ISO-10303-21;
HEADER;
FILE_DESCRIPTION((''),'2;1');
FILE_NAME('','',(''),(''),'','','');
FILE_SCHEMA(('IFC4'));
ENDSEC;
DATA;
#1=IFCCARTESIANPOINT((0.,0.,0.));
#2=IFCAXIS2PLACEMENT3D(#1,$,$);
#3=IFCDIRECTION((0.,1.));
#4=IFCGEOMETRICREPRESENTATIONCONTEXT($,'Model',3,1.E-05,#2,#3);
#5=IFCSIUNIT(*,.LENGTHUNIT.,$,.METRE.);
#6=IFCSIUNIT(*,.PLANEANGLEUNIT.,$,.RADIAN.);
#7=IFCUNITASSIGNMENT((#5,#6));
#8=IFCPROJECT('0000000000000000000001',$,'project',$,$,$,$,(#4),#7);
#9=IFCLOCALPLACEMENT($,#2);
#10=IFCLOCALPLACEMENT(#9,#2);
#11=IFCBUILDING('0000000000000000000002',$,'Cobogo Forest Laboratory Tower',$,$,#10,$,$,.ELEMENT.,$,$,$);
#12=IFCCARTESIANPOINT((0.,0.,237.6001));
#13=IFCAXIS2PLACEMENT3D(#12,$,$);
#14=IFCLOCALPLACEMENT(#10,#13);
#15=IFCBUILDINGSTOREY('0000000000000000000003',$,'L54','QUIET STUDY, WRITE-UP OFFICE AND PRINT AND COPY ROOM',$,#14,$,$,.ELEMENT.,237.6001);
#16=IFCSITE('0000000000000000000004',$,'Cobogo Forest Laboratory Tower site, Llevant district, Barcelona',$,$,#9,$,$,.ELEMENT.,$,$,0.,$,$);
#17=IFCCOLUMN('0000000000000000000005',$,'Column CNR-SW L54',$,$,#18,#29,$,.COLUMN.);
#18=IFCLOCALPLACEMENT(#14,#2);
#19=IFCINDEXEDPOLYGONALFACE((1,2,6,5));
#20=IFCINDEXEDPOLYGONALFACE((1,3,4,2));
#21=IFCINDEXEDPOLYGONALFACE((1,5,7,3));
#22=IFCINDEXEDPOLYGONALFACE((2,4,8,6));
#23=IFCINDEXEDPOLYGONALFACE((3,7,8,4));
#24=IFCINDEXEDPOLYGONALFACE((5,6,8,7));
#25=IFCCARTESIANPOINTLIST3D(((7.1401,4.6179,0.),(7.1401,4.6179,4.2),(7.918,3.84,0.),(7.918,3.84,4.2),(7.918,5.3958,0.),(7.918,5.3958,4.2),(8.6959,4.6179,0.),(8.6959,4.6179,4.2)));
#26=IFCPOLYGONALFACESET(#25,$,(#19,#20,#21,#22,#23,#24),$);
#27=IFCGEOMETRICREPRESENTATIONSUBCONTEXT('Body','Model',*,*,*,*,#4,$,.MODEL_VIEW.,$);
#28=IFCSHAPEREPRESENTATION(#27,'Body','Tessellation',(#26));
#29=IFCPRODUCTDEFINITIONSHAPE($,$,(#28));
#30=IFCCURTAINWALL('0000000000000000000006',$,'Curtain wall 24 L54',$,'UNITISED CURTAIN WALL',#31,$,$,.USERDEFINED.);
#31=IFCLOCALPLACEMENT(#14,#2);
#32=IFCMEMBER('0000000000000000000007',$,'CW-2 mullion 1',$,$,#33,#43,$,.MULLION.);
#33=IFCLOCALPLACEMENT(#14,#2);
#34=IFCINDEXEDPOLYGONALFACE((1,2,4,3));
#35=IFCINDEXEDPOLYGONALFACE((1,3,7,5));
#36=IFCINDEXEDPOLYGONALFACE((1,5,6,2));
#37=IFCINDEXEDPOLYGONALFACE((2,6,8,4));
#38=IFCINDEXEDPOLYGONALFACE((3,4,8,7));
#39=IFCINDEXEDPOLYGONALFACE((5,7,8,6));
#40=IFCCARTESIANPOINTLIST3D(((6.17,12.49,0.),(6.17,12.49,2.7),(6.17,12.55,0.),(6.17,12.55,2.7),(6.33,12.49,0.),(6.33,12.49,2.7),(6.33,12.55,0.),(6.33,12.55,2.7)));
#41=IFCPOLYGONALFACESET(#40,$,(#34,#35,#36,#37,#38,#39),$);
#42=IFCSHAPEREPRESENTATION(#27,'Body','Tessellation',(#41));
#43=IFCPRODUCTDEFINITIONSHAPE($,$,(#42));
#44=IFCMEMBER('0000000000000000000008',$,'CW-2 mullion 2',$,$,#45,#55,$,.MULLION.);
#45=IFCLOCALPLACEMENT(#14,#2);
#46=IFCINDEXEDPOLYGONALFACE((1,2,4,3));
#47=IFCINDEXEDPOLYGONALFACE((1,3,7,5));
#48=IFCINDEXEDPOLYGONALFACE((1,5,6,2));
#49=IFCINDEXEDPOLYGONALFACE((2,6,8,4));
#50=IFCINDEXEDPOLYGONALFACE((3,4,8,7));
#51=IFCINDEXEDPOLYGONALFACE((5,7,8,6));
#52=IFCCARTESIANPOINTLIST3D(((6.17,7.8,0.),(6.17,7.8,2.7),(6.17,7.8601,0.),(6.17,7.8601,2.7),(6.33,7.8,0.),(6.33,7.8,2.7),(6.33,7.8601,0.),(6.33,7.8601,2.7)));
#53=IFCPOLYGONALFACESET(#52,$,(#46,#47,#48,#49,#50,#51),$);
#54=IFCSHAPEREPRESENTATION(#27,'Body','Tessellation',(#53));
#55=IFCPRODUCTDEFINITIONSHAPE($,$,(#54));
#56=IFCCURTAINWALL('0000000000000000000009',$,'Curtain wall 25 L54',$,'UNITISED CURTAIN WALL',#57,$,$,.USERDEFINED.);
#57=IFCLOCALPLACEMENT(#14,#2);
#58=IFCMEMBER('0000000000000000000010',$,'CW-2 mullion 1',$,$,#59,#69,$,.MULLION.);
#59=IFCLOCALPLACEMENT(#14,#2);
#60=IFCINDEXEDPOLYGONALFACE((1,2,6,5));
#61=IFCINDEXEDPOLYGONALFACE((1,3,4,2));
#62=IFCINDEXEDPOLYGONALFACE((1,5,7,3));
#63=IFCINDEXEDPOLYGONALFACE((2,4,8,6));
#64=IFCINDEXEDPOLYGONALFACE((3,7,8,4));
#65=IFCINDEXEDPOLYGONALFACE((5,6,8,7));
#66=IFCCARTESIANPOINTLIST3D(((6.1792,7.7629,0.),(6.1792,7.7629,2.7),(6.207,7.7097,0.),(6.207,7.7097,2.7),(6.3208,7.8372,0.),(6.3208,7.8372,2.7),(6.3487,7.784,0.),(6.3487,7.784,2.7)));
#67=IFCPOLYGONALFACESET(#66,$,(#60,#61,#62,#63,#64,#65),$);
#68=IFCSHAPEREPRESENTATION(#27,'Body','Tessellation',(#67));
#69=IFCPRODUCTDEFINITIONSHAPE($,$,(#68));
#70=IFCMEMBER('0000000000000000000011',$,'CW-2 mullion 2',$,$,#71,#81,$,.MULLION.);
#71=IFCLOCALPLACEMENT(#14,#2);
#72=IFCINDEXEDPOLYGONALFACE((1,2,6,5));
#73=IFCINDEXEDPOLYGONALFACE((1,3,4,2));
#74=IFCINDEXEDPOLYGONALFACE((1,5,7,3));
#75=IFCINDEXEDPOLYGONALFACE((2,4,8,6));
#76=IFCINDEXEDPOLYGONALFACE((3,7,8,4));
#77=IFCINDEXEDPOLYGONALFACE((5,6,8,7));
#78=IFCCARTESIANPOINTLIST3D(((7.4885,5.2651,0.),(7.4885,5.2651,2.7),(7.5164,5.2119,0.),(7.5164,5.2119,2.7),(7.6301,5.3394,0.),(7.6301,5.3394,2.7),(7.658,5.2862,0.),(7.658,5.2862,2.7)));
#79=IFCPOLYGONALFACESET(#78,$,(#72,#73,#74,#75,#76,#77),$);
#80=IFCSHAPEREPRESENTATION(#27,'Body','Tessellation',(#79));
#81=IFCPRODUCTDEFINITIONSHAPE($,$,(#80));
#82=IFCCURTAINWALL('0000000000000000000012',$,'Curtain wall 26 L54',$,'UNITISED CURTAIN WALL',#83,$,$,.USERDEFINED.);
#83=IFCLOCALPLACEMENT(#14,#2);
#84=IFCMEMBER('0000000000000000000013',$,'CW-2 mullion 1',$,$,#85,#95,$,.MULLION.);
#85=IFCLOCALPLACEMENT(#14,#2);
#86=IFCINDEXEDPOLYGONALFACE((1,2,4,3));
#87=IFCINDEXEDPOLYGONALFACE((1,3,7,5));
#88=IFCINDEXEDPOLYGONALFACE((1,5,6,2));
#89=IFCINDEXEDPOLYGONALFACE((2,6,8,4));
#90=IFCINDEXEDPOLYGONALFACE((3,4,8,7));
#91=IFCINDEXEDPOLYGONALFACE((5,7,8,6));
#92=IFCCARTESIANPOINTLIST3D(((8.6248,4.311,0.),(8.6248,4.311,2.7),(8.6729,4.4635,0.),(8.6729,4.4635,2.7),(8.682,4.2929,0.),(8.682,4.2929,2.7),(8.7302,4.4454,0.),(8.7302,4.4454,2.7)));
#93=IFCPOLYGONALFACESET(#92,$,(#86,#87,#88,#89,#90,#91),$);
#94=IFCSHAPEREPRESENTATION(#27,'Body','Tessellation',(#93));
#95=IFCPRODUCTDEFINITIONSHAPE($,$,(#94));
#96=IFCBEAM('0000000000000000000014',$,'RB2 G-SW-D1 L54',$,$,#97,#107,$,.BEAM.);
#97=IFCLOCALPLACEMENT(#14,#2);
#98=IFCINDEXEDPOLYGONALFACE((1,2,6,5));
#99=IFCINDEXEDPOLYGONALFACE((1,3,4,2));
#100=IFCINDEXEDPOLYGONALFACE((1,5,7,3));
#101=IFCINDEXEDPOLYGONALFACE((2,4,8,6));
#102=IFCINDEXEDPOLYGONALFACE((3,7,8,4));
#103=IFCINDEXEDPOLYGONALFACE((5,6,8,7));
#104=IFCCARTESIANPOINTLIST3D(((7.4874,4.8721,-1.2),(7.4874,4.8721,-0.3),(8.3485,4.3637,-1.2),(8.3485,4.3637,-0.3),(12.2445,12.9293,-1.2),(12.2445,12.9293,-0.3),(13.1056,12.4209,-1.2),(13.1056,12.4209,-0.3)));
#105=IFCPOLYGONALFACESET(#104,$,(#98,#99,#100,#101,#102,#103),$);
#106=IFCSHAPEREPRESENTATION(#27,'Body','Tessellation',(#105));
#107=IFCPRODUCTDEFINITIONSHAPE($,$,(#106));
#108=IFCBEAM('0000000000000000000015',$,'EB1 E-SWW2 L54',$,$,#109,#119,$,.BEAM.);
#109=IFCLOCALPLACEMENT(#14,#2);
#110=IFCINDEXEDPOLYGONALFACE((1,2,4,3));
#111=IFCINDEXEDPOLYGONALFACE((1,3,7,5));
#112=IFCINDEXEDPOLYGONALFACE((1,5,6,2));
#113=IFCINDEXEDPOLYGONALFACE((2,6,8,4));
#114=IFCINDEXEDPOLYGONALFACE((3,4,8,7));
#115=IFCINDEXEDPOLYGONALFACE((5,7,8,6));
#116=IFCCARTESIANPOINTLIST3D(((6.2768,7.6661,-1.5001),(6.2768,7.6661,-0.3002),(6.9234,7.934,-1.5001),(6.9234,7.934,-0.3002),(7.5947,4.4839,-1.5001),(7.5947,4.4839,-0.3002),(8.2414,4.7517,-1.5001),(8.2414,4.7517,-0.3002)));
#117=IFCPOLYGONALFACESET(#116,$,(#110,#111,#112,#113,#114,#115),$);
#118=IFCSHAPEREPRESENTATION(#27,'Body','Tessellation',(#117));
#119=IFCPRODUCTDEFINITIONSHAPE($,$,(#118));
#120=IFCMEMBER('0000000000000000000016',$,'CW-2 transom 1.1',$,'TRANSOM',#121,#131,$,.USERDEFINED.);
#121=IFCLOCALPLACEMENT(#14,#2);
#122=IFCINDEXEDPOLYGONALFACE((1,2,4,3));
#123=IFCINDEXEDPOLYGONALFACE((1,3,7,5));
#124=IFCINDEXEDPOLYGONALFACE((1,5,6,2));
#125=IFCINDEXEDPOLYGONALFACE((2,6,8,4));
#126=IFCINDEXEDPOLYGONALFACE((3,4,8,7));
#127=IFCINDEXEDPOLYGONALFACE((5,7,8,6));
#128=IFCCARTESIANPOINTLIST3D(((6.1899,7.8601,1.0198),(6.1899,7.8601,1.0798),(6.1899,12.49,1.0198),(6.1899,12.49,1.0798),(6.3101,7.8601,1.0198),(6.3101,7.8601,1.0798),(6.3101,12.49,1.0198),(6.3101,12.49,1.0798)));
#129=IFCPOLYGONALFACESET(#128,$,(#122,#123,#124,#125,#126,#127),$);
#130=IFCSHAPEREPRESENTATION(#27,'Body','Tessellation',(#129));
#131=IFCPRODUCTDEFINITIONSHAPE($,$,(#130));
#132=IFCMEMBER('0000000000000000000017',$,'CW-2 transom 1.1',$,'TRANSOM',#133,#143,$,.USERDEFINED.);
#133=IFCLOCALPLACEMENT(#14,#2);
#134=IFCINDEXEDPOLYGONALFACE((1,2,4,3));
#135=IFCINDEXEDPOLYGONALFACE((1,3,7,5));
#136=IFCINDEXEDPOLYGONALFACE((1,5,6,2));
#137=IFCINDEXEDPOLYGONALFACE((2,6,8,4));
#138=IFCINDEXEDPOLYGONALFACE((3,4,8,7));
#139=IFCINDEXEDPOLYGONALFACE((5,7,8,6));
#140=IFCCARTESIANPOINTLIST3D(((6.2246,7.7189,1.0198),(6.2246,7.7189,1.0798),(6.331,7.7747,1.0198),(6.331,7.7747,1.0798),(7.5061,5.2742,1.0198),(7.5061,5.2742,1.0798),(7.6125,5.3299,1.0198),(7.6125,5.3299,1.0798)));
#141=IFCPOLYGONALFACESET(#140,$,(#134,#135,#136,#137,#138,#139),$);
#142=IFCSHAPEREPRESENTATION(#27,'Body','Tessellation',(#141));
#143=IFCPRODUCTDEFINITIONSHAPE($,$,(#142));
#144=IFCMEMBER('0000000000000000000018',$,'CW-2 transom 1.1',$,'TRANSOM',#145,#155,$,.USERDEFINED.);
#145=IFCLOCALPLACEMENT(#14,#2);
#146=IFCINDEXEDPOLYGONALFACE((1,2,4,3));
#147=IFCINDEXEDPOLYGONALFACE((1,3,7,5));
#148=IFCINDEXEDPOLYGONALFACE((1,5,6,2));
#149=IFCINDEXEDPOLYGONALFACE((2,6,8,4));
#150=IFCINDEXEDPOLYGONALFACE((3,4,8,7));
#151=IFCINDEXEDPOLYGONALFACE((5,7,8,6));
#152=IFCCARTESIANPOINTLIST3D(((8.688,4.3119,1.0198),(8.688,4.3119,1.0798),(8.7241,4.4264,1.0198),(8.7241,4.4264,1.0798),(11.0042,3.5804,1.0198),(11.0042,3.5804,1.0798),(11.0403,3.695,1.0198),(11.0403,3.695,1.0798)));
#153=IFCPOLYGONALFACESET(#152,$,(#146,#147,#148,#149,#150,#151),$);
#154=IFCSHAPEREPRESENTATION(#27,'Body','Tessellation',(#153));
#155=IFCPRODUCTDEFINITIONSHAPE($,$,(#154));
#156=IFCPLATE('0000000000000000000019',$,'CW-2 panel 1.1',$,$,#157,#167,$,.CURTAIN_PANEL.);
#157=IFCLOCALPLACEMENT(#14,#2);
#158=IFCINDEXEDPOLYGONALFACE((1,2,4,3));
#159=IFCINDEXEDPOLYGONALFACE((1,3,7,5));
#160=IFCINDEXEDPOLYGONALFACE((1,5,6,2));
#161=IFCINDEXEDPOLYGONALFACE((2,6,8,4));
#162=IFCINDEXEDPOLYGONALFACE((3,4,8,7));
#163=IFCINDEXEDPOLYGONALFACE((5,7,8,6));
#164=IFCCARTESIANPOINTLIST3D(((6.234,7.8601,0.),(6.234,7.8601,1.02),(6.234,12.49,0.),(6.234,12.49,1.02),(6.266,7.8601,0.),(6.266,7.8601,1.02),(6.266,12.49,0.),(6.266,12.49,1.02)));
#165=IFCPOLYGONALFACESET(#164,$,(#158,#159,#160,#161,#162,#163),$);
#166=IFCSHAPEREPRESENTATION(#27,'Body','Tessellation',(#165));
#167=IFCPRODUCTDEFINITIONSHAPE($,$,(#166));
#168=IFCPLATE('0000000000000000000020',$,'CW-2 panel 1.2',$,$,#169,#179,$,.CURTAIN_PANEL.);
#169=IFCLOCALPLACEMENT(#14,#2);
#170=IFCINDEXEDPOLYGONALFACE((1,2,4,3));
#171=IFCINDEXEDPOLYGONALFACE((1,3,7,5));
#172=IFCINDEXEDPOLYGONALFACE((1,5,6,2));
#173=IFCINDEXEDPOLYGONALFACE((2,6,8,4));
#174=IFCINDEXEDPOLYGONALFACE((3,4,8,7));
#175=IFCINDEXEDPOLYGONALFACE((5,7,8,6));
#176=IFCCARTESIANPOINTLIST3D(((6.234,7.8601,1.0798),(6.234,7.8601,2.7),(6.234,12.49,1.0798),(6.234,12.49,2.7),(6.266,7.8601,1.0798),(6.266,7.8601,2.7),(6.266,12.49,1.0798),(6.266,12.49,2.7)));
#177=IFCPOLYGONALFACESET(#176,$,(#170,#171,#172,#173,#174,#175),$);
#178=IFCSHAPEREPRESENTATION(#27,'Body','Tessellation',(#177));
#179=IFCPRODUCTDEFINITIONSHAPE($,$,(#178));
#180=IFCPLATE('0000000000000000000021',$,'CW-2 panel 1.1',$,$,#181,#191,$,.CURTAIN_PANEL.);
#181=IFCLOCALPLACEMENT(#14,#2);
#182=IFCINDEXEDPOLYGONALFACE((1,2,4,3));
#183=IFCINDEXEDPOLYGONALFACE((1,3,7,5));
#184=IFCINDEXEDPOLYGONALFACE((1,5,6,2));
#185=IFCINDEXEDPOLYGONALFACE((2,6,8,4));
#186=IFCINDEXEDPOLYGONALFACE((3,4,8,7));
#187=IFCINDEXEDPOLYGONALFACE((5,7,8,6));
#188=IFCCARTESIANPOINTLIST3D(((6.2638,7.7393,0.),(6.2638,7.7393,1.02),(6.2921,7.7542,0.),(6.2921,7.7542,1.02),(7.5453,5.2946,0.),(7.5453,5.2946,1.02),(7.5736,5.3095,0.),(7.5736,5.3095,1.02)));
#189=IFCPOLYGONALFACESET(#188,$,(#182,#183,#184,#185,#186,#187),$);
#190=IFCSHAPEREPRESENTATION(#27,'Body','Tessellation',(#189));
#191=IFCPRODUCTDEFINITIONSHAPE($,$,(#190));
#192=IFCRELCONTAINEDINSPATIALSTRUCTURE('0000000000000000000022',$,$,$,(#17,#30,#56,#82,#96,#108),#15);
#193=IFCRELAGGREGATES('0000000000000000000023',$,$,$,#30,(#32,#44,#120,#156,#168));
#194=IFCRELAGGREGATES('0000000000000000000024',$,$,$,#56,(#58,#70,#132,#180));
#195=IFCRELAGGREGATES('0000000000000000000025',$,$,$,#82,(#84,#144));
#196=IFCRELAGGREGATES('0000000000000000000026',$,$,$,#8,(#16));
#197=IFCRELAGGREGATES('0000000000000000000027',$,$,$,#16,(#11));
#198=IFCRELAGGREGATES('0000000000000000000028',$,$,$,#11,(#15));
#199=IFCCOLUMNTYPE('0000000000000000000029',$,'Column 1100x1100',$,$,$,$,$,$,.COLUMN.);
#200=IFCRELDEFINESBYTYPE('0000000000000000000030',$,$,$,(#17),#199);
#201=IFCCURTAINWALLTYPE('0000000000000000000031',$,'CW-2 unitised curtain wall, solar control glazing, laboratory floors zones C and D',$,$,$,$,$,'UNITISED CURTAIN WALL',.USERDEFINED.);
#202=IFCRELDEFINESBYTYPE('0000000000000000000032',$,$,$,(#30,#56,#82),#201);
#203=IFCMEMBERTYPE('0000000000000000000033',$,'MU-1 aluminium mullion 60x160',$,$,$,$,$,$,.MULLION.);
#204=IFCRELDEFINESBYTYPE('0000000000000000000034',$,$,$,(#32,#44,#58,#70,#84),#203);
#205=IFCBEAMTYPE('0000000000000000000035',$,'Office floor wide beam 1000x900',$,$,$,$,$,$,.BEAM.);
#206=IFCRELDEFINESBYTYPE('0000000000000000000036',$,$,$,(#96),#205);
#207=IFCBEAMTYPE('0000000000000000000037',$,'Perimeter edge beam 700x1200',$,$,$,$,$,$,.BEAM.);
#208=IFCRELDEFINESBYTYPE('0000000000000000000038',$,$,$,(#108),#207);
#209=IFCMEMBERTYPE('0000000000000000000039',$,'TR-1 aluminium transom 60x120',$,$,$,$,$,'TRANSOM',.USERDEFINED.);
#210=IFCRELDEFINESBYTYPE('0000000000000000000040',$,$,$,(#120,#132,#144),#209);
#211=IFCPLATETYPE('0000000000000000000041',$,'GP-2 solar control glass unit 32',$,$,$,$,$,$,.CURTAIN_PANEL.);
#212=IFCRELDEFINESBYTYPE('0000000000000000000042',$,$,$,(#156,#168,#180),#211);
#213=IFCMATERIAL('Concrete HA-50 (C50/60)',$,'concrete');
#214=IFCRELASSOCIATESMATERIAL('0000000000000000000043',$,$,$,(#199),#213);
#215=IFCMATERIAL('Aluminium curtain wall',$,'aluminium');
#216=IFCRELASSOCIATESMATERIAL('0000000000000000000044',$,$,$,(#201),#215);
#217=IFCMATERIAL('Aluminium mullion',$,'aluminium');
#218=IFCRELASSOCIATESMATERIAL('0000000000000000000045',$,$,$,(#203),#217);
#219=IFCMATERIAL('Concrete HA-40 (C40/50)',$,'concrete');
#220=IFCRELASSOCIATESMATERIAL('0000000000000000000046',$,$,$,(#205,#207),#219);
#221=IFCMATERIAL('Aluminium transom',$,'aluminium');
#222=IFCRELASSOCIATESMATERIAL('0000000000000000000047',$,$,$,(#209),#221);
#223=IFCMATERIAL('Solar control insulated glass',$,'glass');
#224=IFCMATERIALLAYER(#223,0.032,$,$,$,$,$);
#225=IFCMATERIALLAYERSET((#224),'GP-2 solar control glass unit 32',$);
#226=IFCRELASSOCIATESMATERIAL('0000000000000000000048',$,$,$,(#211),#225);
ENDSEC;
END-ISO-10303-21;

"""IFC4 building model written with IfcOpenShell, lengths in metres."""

from ifc_helpers import new_model, si_unit, direction, frame, origin, origin_2d, place, context, subcontext, project, spatial, rectangle, extrude, material, layer, layer_set, material_profile, profile_set, type_object, element, aggregate, save


model = new_model("IFC4")

# Units and contexts
model_context = context("Model", 3, precision=1e-05, world=origin(), true_north=direction((0.0, 1.0)))
body_context = subcontext(model_context, "Body", "Model", "MODEL_VIEW")
ifc_project = project(units=[si_unit("LENGTHUNIT", "METRE"), si_unit("PLANEANGLEUNIT", "RADIAN")], contexts=[model_context])

# Site, building, storey
site_placement = place(None, origin())
site = spatial("IfcSite", under=ifc_project, at=site_placement, Name="Cobogo Forest Laboratory Tower site, Llevant district, Barcelona", CompositionType="ELEMENT", RefElevation=0.0)
building_placement = place(site_placement, origin())
building = spatial("IfcBuilding", under=site, at=building_placement, Name="Cobogo Forest Laboratory Tower", CompositionType="ELEMENT")
storey_placement = place(building_placement, frame((0.0, 0.0, 237.6001)))
storey = spatial("IfcBuildingStorey", under=building, at=storey_placement, Name="L54", Description="QUIET STUDY, WRITE-UP OFFICE AND PRINT AND COPY ROOM", CompositionType="ELEMENT", Elevation=237.6001)

# Column
ifc_material_1 = material(Name="Concrete HA-50 (C50/60)", Category="concrete")
ifc_material_profile_1 = material_profile(ifc_material_1, rectangle(XDim=1.1001, YDim=1.1001, at=origin_2d()), Name="RC 1100x1100")
ifc_profile_set_1 = profile_set([ifc_material_profile_1], Name="Concrete HA-50 (C50/60)")
column_type = type_object("IfcColumnType", Name="Column 1100x1100", PredefinedType="COLUMN", material=ifc_profile_set_1)
column_placement = place(storey_placement, frame((7.918, 4.6179, 0.0), z_axis=(0.0, 0.0, 1.0), x_axis=(0.707107, 0.707107, 0.0)))
element("IfcColumn", 1, at=column_placement, inside=storey, type_object=column_type, Name="Column CNR-SW L54", PredefinedType="COLUMN", context=body_context, shape_type="SweptSolid", body=[
    extrude(rectangle(XDim=1.1001, YDim=1.1001, at=origin_2d()), origin(), (0.0, 0.0, 1.0), 4.2),
])

# Curtain walls, members
ifc_material_2 = material(Name="Aluminium curtain wall", Category="aluminium")
curtain_wall_type = type_object("IfcCurtainWallType", Name="CW-2 unitised curtain wall, solar control glazing, laboratory floors zones C and D", ElementType="UNITISED CURTAIN WALL", PredefinedType="USERDEFINED", material=ifc_material_2)
curtain_wall_1_placement = place(storey_placement, origin())
curtain_wall_1 = element("IfcCurtainWall", 2, at=curtain_wall_1_placement, inside=storey, type_object=curtain_wall_type, Name="Curtain wall 24 L54", ObjectType="UNITISED CURTAIN WALL", PredefinedType="USERDEFINED")
ifc_material_3 = material(Name="Aluminium mullion", Category="aluminium")
ifc_material_profile_2 = material_profile(ifc_material_3, rectangle(XDim=0.0601, YDim=0.1599, at=origin_2d()), Name="AL 60x160")
ifc_profile_set_2 = profile_set([ifc_material_profile_2], Name="Aluminium mullion")
member_type_1 = type_object("IfcMemberType", Name="MU-1 aluminium mullion 60x160", PredefinedType="MULLION", material=ifc_profile_set_2)
member_1_placement = place(storey_placement, frame((6.25, 12.52, 0.0), z_axis=(0.0, 0.0, 1.0), x_axis=(0.0, -1.0, 0.0)))
member_1 = element("IfcMember", 3, at=member_1_placement, type_object=member_type_1, Name="CW-2 mullion 1", PredefinedType="MULLION", context=body_context, shape_type="SweptSolid", body=[
    extrude(rectangle(XDim=0.0601, YDim=0.1599, at=origin_2d()), origin(), (0.0, 0.0, 1.0), 2.7),
])
member_2_placement = place(storey_placement, frame((6.25, 7.8301, 0.0), z_axis=(0.0, 0.0, 1.0), x_axis=(0.0, -1.0, 0.0)))
member_2 = element("IfcMember", 4, at=member_2_placement, type_object=member_type_1, Name="CW-2 mullion 2", PredefinedType="MULLION", context=body_context, shape_type="SweptSolid", body=[
    extrude(rectangle(XDim=0.0601, YDim=0.1599, at=origin_2d()), origin(), (0.0, 0.0, 1.0), 2.7),
])
curtain_wall_2_placement = place(storey_placement, origin())
curtain_wall_2 = element("IfcCurtainWall", 5, at=curtain_wall_2_placement, inside=storey, type_object=curtain_wall_type, Name="Curtain wall 25 L54", ObjectType="UNITISED CURTAIN WALL", PredefinedType="USERDEFINED")
member_3_placement = place(storey_placement, frame((6.2639, 7.7734, 0.0), z_axis=(0.0, 0.0, 1.0), x_axis=(0.464284, -0.885686, 0.0)))
member_3 = element("IfcMember", 6, at=member_3_placement, type_object=member_type_1, Name="CW-2 mullion 1", PredefinedType="MULLION", context=body_context, shape_type="SweptSolid", body=[
    extrude(rectangle(XDim=0.0601, YDim=0.1599, at=origin_2d()), origin(), (0.0, 0.0, 1.0), 2.7),
])
member_4_placement = place(storey_placement, frame((7.5732, 5.2756, 0.0), z_axis=(0.0, 0.0, 1.0), x_axis=(0.464284, -0.885686, 0.0)))
member_4 = element("IfcMember", 7, at=member_4_placement, type_object=member_type_1, Name="CW-2 mullion 2", PredefinedType="MULLION", context=body_context, shape_type="SweptSolid", body=[
    extrude(rectangle(XDim=0.0601, YDim=0.1599, at=origin_2d()), origin(), (0.0, 0.0, 1.0), 2.7),
])

# Curtain wall, member
curtain_wall_3_placement = place(storey_placement, origin())
curtain_wall_3 = element("IfcCurtainWall", 8, at=curtain_wall_3_placement, inside=storey, type_object=curtain_wall_type, Name="Curtain wall 26 L54", ObjectType="UNITISED CURTAIN WALL", PredefinedType="USERDEFINED")
member_5_placement = place(storey_placement, frame((8.6775, 4.3782, 0.0), z_axis=(0.0, 0.0, 1.0), x_axis=(0.953581, -0.301136, 0.0)))
member_5 = element("IfcMember", 9, at=member_5_placement, type_object=member_type_1, Name="CW-2 mullion 1", PredefinedType="MULLION", context=body_context, shape_type="SweptSolid", body=[
    extrude(rectangle(XDim=0.0601, YDim=0.1599, at=origin_2d()), origin(), (0.0, 0.0, 1.0), 2.7),
])

# Beams
ifc_material_4 = material(Name="Concrete HA-40 (C40/50)", Category="concrete")
ifc_material_profile_3 = material_profile(ifc_material_4, rectangle(XDim=1.0, YDim=0.8999, at=origin_2d()), Name="RC 1000x900")
ifc_profile_set_3 = profile_set([ifc_material_profile_3], Name="Concrete HA-40 (C40/50)")
beam_type_1 = type_object("IfcBeamType", Name="Office floor wide beam 1000x900", PredefinedType="BEAM", material=ifc_profile_set_3)
beam_1_placement = place(storey_placement, frame((7.918, 4.6179, -0.75), z_axis=(0.508416, 0.861111, 0.0), x_axis=(-0.861111, 0.508416, 0.0)))
element("IfcBeam", 10, at=beam_1_placement, inside=storey, type_object=beam_type_1, Name="RB2 G-SW-D1 L54", PredefinedType="BEAM", context=body_context, shape_type="SweptSolid", body=[
    extrude(rectangle(XDim=1.0, YDim=0.8999, at=origin_2d()), origin(), (0.0, 0.0, 1.0), 9.3567),
])
ifc_material_profile_4 = material_profile(ifc_material_4, rectangle(XDim=0.7, YDim=1.2, at=origin_2d()), Name="RC 700x1200")
ifc_profile_set_4 = profile_set([ifc_material_profile_4], Name="Concrete HA-40 (C40/50)")
beam_type_2 = type_object("IfcBeamType", Name="Perimeter edge beam 700x1200", PredefinedType="BEAM", material=ifc_profile_set_4)
beam_2_placement = place(storey_placement, frame((6.6001, 7.8, -0.9001), z_axis=(0.382631, -0.923901, 0.0), x_axis=(0.923901, 0.382631, 0.0)))
element("IfcBeam", 11, at=beam_2_placement, inside=storey, type_object=beam_type_2, Name="EB1 E-SWW2 L54", PredefinedType="BEAM", context=body_context, shape_type="SweptSolid", body=[
    extrude(rectangle(XDim=0.7, YDim=1.2, at=origin_2d()), origin(), (0.0, 0.0, 1.0), 3.4443),
])

# Members
ifc_material_5 = material(Name="Aluminium transom", Category="aluminium")
ifc_material_profile_5 = material_profile(ifc_material_5, rectangle(XDim=0.1201, YDim=0.0601, at=origin_2d()), Name="AL 60x120")
ifc_profile_set_5 = profile_set([ifc_material_profile_5], Name="Aluminium transom")
member_type_2 = type_object("IfcMemberType", Name="TR-1 aluminium transom 60x120", ElementType="TRANSOM", PredefinedType="USERDEFINED", material=ifc_profile_set_5)
member_6_placement = place(storey_placement, frame((6.25, 12.49, 1.0498), z_axis=(0.0, -1.0, 0.0), x_axis=(1.0, 0.0, 0.0)))
member_6 = element("IfcMember", 12, at=member_6_placement, type_object=member_type_2, Name="CW-2 transom 1.1", ObjectType="TRANSOM", PredefinedType="USERDEFINED", context=body_context, shape_type="SweptSolid", body=[
    extrude(rectangle(XDim=0.1201, YDim=0.0601, at=origin_2d()), origin(), (0.0, 0.0, 1.0), 4.6299),
])
member_7_placement = place(storey_placement, frame((6.2778, 7.7468, 1.0498), z_axis=(0.464255, -0.885702, 0.0), x_axis=(0.885702, 0.464255, 0.0)))
member_7 = element("IfcMember", 13, at=member_7_placement, type_object=member_type_2, Name="CW-2 transom 1.1", ObjectType="TRANSOM", PredefinedType="USERDEFINED", context=body_context, shape_type="SweptSolid", body=[
    extrude(rectangle(XDim=0.1201, YDim=0.0601, at=origin_2d()), origin(), (0.0, 0.0, 1.0), 2.7603),
])
member_8_placement = place(storey_placement, frame((8.7061, 4.3691, 1.0498), z_axis=(0.95358, -0.301141, 0.0), x_axis=(0.301141, 0.95358, 0.0)))
member_8 = element("IfcMember", 14, at=member_8_placement, type_object=member_type_2, Name="CW-2 transom 1.1", ObjectType="TRANSOM", PredefinedType="USERDEFINED", context=body_context, shape_type="SweptSolid", body=[
    extrude(rectangle(XDim=0.1201, YDim=0.0601, at=origin_2d()), origin(), (0.0, 0.0, 1.0), 2.429),
])

# Plates
ifc_material_6 = material(Name="Solar control insulated glass", Category="glass")
ifc_layer_1 = layer(ifc_material_6, 0.032)
ifc_layer_set_1 = layer_set([ifc_layer_1], Name="GP-2 solar control glass unit 32")
plate_type = type_object("IfcPlateType", Name="GP-2 solar control glass unit 32", PredefinedType="CURTAIN_PANEL", material=ifc_layer_set_1)
plate_1_placement = place(storey_placement, frame((6.25, 10.175, 0.0), z_axis=(0.0, 0.0, 1.0), x_axis=(0.0, -1.0, 0.0)))
plate_1 = element("IfcPlate", 15, at=plate_1_placement, type_object=plate_type, Name="CW-2 panel 1.1", PredefinedType="CURTAIN_PANEL", context=body_context, shape_type="SweptSolid", body=[
    extrude(rectangle(XDim=4.6299, YDim=0.032, at=origin_2d()), origin(), (0.0, 0.0, 1.0), 1.02),
])
plate_2_placement = place(storey_placement, frame((6.25, 10.175, 1.0798), z_axis=(0.0, 0.0, 1.0), x_axis=(0.0, -1.0, 0.0)))
plate_2 = element("IfcPlate", 16, at=plate_2_placement, type_object=plate_type, Name="CW-2 panel 1.2", PredefinedType="CURTAIN_PANEL", context=body_context, shape_type="SweptSolid", body=[
    extrude(rectangle(XDim=4.6299, YDim=0.032, at=origin_2d()), origin(), (0.0, 0.0, 1.0), 1.6201),
])
aggregate(curtain_wall_1, [member_1, member_2, member_6, plate_1, plate_2])
plate_3_placement = place(storey_placement, frame((6.9187, 6.5244, 0.0), z_axis=(0.0, 0.0, 1.0), x_axis=(0.464284, -0.885686, 0.0)))
plate_3 = element("IfcPlate", 17, at=plate_3_placement, type_object=plate_type, Name="CW-2 panel 1.1", PredefinedType="CURTAIN_PANEL", context=body_context, shape_type="SweptSolid", body=[
    extrude(rectangle(XDim=2.7603, YDim=0.032, at=origin_2d()), origin(), (0.0, 0.0, 1.0), 1.02),
])
aggregate(curtain_wall_2, [member_3, member_4, member_7, plate_3])
aggregate(curtain_wall_3, [member_5, member_8])

save(model, "model.ifc")
